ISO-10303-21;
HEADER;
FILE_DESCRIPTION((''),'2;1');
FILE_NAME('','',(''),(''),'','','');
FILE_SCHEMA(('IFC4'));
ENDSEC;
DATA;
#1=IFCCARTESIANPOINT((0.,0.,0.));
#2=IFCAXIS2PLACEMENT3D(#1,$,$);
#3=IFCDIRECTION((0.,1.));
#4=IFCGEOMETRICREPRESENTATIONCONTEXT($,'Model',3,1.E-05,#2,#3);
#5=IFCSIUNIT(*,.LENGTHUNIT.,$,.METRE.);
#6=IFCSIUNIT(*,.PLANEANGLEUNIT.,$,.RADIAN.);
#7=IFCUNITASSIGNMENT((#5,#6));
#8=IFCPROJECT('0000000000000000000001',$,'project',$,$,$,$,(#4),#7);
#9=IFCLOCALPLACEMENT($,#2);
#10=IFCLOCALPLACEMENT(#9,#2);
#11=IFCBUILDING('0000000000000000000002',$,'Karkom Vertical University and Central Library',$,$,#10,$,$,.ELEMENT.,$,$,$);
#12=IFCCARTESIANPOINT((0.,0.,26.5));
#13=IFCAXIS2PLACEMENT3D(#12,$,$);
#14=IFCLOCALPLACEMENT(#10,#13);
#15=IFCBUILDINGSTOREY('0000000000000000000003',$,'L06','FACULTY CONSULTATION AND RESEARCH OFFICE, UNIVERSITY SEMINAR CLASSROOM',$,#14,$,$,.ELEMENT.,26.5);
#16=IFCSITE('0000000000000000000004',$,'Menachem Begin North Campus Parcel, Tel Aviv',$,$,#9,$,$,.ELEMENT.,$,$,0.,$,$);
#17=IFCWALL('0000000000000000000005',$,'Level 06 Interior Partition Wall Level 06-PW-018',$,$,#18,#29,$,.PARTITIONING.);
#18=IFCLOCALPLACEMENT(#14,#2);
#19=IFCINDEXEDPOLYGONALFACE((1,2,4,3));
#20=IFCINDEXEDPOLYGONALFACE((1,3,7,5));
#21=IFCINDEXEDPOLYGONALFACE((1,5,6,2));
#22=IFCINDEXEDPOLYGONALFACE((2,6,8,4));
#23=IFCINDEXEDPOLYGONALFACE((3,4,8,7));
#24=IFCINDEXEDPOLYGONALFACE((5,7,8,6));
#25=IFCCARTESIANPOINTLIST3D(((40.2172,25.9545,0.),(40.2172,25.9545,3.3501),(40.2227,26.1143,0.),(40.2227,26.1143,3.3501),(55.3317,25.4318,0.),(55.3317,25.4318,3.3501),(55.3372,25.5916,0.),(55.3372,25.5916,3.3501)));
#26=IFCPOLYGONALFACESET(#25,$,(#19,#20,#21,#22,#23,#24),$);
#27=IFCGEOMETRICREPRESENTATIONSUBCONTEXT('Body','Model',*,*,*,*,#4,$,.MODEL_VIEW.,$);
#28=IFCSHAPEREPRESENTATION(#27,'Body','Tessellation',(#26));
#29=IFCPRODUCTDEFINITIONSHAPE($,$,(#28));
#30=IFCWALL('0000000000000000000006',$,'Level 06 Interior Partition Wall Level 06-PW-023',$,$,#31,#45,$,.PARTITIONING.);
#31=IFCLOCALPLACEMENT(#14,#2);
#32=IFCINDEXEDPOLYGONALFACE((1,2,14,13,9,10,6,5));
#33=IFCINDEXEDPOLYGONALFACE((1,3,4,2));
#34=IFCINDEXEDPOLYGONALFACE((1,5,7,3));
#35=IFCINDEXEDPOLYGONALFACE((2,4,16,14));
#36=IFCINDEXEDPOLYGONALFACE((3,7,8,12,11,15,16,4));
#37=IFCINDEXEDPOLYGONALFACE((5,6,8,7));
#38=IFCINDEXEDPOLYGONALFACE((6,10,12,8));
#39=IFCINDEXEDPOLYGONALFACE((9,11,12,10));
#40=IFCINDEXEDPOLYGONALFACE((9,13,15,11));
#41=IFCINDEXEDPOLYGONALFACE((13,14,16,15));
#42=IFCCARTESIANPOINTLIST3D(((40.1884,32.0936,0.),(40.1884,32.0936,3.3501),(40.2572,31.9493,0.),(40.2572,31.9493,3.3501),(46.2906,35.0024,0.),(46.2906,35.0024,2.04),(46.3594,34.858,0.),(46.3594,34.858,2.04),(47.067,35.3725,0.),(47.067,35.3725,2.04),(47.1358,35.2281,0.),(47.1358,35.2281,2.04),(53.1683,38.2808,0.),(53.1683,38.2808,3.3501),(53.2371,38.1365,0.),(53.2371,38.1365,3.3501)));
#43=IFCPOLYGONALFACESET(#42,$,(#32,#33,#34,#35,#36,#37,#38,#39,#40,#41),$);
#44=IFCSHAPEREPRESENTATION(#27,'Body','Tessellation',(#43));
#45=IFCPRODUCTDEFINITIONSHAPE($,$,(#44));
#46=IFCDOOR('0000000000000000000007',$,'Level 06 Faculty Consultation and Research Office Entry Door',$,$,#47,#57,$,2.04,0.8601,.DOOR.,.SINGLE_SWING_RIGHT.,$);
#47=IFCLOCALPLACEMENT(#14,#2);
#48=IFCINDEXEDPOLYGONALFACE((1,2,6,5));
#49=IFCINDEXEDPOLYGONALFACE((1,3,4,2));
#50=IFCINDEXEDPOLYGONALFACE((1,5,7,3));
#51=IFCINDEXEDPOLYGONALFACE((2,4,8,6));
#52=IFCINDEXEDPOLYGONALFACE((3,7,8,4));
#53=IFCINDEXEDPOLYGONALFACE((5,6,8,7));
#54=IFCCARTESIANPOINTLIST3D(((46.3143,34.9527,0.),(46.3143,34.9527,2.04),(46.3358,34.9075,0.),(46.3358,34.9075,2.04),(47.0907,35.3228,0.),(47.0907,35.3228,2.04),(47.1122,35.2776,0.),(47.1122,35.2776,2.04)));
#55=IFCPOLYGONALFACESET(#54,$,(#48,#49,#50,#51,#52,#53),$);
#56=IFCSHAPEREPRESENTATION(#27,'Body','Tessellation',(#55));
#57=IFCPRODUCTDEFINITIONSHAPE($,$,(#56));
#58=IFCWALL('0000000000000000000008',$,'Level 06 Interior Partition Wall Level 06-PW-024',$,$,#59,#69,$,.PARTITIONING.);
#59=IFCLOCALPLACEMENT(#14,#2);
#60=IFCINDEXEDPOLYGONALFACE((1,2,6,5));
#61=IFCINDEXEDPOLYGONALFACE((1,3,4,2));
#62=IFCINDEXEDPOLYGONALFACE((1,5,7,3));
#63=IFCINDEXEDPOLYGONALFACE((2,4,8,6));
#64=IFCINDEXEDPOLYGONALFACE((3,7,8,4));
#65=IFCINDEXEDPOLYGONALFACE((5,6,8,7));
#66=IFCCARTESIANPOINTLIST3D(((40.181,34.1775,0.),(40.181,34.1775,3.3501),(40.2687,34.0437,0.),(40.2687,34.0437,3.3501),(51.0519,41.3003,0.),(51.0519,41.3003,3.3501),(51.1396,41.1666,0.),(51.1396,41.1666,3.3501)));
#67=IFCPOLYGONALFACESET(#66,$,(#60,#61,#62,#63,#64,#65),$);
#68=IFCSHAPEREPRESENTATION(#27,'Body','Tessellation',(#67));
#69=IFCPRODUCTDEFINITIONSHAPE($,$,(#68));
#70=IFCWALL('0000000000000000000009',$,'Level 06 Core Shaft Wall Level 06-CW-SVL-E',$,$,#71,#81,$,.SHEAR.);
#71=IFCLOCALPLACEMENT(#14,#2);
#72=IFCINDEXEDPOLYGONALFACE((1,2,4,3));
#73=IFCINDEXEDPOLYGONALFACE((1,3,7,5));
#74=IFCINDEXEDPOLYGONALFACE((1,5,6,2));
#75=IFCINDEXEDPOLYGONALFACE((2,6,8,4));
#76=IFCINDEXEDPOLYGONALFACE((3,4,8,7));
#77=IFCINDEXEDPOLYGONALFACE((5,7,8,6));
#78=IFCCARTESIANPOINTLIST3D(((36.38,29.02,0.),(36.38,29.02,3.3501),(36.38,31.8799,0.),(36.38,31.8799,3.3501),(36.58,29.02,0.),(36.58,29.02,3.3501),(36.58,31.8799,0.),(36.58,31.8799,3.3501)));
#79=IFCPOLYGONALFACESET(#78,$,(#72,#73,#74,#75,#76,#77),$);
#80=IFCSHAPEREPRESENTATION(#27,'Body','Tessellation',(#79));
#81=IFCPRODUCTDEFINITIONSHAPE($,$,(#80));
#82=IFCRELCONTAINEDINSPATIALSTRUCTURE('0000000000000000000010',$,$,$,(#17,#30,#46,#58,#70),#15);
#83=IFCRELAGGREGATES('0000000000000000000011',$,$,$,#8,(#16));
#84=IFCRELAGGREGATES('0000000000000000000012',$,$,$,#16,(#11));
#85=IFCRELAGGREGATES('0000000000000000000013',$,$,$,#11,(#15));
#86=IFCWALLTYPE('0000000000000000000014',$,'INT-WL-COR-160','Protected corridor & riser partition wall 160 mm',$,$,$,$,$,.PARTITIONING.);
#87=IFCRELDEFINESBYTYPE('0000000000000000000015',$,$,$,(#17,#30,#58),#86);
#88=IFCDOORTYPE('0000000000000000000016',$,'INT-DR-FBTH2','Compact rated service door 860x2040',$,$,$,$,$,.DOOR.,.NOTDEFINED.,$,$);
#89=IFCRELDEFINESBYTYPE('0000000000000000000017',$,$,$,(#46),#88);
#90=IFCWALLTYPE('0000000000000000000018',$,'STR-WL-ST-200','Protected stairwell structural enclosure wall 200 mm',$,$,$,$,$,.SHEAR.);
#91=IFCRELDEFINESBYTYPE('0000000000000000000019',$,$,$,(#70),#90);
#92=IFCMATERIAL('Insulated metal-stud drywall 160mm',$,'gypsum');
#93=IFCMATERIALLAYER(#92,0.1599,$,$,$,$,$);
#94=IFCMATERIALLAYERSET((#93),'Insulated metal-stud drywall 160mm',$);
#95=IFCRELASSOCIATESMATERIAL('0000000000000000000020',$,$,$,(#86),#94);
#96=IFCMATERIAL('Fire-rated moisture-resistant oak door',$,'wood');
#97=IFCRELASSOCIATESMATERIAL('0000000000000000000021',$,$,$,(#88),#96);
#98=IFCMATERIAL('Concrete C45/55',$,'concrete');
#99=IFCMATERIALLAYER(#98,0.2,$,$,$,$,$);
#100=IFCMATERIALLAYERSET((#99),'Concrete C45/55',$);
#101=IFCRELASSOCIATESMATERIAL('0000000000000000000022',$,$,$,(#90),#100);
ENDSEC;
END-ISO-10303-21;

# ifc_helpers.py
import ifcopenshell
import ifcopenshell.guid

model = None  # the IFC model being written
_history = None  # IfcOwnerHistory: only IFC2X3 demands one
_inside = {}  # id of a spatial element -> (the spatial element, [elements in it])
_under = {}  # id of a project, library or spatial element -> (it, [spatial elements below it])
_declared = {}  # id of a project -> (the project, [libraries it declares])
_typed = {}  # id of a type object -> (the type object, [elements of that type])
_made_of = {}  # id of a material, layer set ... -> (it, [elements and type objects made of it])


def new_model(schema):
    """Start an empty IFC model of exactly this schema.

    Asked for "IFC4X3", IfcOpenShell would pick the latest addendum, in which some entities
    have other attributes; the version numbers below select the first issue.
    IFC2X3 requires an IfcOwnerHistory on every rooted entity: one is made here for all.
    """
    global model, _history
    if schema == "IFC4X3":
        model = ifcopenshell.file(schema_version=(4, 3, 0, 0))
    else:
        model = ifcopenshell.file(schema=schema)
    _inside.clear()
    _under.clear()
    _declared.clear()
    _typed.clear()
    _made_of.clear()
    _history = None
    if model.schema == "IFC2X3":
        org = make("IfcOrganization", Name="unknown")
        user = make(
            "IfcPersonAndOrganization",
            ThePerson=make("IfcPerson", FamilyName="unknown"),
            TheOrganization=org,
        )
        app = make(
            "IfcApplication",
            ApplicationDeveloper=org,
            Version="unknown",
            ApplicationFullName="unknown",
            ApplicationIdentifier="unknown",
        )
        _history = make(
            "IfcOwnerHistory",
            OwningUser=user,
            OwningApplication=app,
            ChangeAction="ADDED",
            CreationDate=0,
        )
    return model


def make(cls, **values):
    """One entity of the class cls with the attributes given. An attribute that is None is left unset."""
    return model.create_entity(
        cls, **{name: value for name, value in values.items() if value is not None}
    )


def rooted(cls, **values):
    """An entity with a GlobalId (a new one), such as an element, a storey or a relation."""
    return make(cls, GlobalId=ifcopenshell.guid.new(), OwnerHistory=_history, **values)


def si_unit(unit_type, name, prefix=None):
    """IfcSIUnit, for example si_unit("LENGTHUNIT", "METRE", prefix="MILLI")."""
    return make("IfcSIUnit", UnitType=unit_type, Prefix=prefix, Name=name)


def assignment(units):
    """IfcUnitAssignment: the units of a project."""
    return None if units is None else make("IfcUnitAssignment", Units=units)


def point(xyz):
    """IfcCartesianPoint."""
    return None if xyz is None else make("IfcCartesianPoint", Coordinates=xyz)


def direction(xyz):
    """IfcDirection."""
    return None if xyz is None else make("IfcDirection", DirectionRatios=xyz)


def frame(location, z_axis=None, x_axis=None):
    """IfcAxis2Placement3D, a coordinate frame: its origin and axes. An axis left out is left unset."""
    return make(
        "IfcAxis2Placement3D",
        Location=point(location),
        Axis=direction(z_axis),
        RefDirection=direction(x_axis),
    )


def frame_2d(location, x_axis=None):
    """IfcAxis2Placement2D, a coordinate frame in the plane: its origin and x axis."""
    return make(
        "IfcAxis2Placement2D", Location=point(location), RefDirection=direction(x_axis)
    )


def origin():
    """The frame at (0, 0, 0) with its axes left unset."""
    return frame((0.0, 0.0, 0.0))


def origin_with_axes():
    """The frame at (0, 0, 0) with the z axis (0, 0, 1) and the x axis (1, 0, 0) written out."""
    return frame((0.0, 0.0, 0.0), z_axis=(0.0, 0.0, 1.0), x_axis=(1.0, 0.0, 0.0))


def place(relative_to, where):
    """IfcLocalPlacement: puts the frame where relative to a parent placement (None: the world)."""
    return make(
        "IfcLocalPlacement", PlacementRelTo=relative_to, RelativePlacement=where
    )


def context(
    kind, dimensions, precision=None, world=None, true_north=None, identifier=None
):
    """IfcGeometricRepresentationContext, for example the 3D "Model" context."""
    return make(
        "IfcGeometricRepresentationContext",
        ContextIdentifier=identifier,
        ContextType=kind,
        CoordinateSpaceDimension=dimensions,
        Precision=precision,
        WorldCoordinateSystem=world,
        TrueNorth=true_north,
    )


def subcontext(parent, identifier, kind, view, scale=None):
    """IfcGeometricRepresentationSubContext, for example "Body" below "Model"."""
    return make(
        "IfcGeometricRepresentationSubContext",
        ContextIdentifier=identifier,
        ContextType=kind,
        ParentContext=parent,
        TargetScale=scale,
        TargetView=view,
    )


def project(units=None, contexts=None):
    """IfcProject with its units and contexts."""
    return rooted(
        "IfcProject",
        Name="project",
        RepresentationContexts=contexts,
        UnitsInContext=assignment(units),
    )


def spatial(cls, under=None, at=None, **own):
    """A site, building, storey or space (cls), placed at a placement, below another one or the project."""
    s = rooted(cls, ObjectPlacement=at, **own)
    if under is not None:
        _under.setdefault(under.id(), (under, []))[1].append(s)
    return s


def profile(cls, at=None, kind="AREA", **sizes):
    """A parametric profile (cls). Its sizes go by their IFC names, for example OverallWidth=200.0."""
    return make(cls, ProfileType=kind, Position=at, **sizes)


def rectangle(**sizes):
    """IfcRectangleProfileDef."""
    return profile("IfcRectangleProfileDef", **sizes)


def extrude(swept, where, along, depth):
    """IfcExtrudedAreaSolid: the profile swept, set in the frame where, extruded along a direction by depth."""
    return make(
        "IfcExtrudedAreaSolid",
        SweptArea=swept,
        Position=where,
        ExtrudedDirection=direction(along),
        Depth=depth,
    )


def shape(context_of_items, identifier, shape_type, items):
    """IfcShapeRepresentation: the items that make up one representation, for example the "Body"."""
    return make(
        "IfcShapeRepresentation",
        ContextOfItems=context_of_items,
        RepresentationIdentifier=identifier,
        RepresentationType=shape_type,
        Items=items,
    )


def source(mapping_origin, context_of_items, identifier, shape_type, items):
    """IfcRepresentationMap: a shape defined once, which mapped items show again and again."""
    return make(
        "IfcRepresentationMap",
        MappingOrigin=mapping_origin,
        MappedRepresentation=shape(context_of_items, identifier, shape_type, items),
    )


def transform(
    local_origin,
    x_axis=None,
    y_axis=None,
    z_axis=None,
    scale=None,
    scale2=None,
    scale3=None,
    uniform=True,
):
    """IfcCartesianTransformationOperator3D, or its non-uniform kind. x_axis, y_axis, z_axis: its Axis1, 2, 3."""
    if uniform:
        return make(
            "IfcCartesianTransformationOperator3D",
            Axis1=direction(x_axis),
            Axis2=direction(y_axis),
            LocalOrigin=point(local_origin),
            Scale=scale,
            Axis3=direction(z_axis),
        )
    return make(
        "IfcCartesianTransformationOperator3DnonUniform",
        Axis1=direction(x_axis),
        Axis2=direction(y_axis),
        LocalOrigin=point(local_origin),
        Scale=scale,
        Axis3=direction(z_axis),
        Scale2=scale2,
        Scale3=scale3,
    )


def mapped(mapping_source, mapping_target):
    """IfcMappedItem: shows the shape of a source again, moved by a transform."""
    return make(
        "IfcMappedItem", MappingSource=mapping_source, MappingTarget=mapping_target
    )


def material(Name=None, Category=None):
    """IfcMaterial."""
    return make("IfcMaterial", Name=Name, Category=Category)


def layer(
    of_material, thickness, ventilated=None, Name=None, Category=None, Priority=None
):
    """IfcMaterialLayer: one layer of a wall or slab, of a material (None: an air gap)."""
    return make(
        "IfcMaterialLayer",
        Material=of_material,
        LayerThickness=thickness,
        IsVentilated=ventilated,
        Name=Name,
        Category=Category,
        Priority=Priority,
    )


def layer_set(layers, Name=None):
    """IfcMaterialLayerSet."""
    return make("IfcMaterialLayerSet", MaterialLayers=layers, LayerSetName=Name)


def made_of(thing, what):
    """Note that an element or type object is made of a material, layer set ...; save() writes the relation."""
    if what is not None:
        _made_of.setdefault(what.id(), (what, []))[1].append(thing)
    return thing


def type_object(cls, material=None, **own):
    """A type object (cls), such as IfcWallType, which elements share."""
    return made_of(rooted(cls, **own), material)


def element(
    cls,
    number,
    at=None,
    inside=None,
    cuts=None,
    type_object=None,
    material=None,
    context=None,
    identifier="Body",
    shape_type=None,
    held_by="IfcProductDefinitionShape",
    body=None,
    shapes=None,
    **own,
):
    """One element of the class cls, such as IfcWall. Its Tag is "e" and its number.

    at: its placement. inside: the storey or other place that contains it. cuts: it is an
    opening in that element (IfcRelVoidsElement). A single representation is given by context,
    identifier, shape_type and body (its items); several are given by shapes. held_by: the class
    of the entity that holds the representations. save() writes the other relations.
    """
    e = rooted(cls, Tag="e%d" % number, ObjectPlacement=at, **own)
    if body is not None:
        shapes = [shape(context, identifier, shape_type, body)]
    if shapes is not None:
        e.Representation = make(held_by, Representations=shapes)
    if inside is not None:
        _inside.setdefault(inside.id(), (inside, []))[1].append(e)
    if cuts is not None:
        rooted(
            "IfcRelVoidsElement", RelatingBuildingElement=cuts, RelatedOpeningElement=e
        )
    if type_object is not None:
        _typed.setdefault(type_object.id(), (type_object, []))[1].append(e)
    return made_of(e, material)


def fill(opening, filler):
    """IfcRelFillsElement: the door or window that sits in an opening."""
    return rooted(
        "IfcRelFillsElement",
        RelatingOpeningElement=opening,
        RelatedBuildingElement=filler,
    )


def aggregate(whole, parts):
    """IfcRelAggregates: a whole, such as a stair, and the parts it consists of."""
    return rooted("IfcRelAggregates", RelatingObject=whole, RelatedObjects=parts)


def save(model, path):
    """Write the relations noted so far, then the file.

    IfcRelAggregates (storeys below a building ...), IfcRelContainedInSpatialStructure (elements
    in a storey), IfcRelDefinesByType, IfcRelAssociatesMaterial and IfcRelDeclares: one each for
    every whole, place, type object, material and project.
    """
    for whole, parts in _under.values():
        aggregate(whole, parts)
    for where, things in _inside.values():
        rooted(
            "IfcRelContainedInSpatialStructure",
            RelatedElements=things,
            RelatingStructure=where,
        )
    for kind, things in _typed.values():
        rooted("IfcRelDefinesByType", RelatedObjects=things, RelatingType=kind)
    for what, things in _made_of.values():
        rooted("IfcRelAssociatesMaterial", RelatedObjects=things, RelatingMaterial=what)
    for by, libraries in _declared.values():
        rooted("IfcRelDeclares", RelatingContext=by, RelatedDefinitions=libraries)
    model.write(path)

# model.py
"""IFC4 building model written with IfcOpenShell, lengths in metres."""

from ifc_helpers import new_model, si_unit, direction, frame, frame_2d, origin, origin_with_axes, place, context, subcontext, project, spatial, rectangle, extrude, source, transform, mapped, material, layer, layer_set, type_object, element, fill, save


model = new_model("IFC4")

# Units and contexts
model_context = context("Model", 3, precision=1e-05, world=origin(), true_north=direction((0.0, 1.0)))
body_context = subcontext(model_context, "Body", "Model", "MODEL_VIEW")
ifc_project = project(units=[si_unit("LENGTHUNIT", "METRE"), si_unit("PLANEANGLEUNIT", "RADIAN")], contexts=[model_context])

# Site, building, storey
site_placement = place(None, origin())
site = spatial("IfcSite", under=ifc_project, at=site_placement, Name="Menachem Begin North Campus Parcel, Tel Aviv", CompositionType="ELEMENT", RefElevation=0.0)
building_placement = place(site_placement, origin())
building = spatial("IfcBuilding", under=site, at=building_placement, Name="Karkom Vertical University and Central Library", CompositionType="ELEMENT")
storey_placement = place(building_placement, frame((0.0, 0.0, 26.5)))
storey = spatial("IfcBuildingStorey", under=building, at=storey_placement, Name="L06", Description="FACULTY CONSULTATION AND RESEARCH OFFICE, UNIVERSITY SEMINAR CLASSROOM", CompositionType="ELEMENT", Elevation=26.5)

# Shared definitions
ifc_material_1 = material(Name="Insulated metal-stud drywall 160mm", Category="gypsum")
ifc_layer_1 = layer(ifc_material_1, 0.1599)
ifc_layer_set_1 = layer_set([ifc_layer_1], Name="Insulated metal-stud drywall 160mm")
wall_type_1 = type_object("IfcWallType", Name="INT-WL-COR-160", Description="Protected corridor & riser partition wall 160 mm", PredefinedType="PARTITIONING", material=ifc_layer_set_1)

# Wall
wall_1_placement = place(storey_placement, frame((40.22, 26.0344, 0.0), z_axis=(0.0, 0.0, 1.0), x_axis=(0.999403, -0.034562, 0.0)))
element("IfcWall", 1, at=wall_1_placement, inside=storey, type_object=wall_type_1, Name="Level 06 Interior Partition Wall Level 06-PW-018", PredefinedType="PARTITIONING", context=body_context, shape_type="SweptSolid", body=[
    extrude(rectangle(XDim=15.1235, YDim=0.1599, at=frame_2d((7.5618, 0.0))), origin(), (0.0, 0.0, 1.0), 3.3501),
])

# Wall, opening, door
wall_2_placement = place(storey_placement, frame((40.2229, 32.0215, 0.0), z_axis=(0.0, 0.0, 1.0), x_axis=(0.90269, 0.430291, 0.0)))
wall_2 = element("IfcWall", 2, at=wall_2_placement, inside=storey, type_object=wall_type_1, Name="Level 06 Interior Partition Wall Level 06-PW-023", PredefinedType="PARTITIONING", context=body_context, shape_type="SweptSolid", body=[
    extrude(rectangle(XDim=14.3792, YDim=0.1599, at=frame_2d((7.1895, 0.0))), origin(), (0.0, 0.0, 1.0), 3.3501),
])
opening_1_placement = place(wall_2_placement, frame((6.7598, 0.0, 0.0)))
opening_1 = element("IfcOpeningElement", 3, at=opening_1_placement, cuts=wall_2, PredefinedType="OPENING", context=body_context, shape_type="SweptSolid", body=[
    extrude(rectangle(XDim=0.8601, YDim=2.04, at=frame_2d((0.4302, 1.02))), frame((0.0, 0.0898, 0.0), z_axis=(0.0, -1.0, 0.0), x_axis=(1.0, 0.0, 0.0)), (0.0, 0.0, 1.0), 0.1799),
])
ifc_material_2 = material(Name="Fire-rated moisture-resistant oak door", Category="wood")
door_type_1 = type_object("IfcDoorType", Name="INT-DR-FBTH2", Description="Compact rated service door 860x2040", OperationType="NOTDEFINED", PredefinedType="DOOR", material=ifc_material_2)
shared_shape_1 = source(origin_with_axes(), body_context, "Body", "SweptSolid", [
    extrude(rectangle(XDim=0.8601, YDim=2.04, at=frame_2d((0.4302, 1.02))), frame((0.0, 0.0249, 0.0), z_axis=(0.0, -1.0, 0.0), x_axis=(1.0, 0.0, 0.0)), (0.0, 0.0, 1.0), 0.05),
])
door_1_placement = place(opening_1_placement, origin())
door_1 = element("IfcDoor", 4, at=door_1_placement, inside=storey, type_object=door_type_1, Name="Level 06 Faculty Consultation and Research Office Entry Door", OperationType="SINGLE_SWING_RIGHT", OverallHeight=2.04, OverallWidth=0.8601, PredefinedType="DOOR", context=body_context, shape_type="MappedRepresentation", body=[
    mapped(shared_shape_1, transform((0.0, 0.0, 0.0), scale=1.0)),
])
fill(opening_1, door_1)

# Wall
wall_3_placement = place(storey_placement, frame((40.2249, 34.1106, 0.0), z_axis=(0.0, 0.0, 1.0), x_axis=(0.836443, 0.548054, 0.0)))
element("IfcWall", 5, at=wall_3_placement, inside=storey, type_object=wall_type_1, Name="Level 06 Interior Partition Wall Level 06-PW-024", PredefinedType="PARTITIONING", context=body_context, shape_type="SweptSolid", body=[
    extrude(rectangle(XDim=12.9966, YDim=0.1599, at=frame_2d((6.4983, 0.0))), origin(), (0.0, 0.0, 1.0), 3.3501),
])

# Wall
ifc_material_3 = material(Name="Concrete C45/55", Category="concrete")
ifc_layer_2 = layer(ifc_material_3, 0.2)
ifc_layer_set_2 = layer_set([ifc_layer_2], Name="Concrete C45/55")
wall_type_2 = type_object("IfcWallType", Name="STR-WL-ST-200", Description="Protected stairwell structural enclosure wall 200 mm", PredefinedType="SHEAR", material=ifc_layer_set_2)
wall_4_placement = place(storey_placement, frame((36.48, 29.02, 0.0), z_axis=(0.0, 0.0, 1.0), x_axis=(0.0, 1.0, 0.0)))
element("IfcWall", 6, at=wall_4_placement, inside=storey, type_object=wall_type_2, Name="Level 06 Core Shaft Wall Level 06-CW-SVL-E", PredefinedType="SHEAR", context=body_context, shape_type="SweptSolid", body=[
    extrude(rectangle(XDim=2.8599, YDim=0.2, at=frame_2d((1.4299, 0.0))), origin(), (0.0, 0.0, 1.0), 3.3501),
])

save(model, "model.ifc")
